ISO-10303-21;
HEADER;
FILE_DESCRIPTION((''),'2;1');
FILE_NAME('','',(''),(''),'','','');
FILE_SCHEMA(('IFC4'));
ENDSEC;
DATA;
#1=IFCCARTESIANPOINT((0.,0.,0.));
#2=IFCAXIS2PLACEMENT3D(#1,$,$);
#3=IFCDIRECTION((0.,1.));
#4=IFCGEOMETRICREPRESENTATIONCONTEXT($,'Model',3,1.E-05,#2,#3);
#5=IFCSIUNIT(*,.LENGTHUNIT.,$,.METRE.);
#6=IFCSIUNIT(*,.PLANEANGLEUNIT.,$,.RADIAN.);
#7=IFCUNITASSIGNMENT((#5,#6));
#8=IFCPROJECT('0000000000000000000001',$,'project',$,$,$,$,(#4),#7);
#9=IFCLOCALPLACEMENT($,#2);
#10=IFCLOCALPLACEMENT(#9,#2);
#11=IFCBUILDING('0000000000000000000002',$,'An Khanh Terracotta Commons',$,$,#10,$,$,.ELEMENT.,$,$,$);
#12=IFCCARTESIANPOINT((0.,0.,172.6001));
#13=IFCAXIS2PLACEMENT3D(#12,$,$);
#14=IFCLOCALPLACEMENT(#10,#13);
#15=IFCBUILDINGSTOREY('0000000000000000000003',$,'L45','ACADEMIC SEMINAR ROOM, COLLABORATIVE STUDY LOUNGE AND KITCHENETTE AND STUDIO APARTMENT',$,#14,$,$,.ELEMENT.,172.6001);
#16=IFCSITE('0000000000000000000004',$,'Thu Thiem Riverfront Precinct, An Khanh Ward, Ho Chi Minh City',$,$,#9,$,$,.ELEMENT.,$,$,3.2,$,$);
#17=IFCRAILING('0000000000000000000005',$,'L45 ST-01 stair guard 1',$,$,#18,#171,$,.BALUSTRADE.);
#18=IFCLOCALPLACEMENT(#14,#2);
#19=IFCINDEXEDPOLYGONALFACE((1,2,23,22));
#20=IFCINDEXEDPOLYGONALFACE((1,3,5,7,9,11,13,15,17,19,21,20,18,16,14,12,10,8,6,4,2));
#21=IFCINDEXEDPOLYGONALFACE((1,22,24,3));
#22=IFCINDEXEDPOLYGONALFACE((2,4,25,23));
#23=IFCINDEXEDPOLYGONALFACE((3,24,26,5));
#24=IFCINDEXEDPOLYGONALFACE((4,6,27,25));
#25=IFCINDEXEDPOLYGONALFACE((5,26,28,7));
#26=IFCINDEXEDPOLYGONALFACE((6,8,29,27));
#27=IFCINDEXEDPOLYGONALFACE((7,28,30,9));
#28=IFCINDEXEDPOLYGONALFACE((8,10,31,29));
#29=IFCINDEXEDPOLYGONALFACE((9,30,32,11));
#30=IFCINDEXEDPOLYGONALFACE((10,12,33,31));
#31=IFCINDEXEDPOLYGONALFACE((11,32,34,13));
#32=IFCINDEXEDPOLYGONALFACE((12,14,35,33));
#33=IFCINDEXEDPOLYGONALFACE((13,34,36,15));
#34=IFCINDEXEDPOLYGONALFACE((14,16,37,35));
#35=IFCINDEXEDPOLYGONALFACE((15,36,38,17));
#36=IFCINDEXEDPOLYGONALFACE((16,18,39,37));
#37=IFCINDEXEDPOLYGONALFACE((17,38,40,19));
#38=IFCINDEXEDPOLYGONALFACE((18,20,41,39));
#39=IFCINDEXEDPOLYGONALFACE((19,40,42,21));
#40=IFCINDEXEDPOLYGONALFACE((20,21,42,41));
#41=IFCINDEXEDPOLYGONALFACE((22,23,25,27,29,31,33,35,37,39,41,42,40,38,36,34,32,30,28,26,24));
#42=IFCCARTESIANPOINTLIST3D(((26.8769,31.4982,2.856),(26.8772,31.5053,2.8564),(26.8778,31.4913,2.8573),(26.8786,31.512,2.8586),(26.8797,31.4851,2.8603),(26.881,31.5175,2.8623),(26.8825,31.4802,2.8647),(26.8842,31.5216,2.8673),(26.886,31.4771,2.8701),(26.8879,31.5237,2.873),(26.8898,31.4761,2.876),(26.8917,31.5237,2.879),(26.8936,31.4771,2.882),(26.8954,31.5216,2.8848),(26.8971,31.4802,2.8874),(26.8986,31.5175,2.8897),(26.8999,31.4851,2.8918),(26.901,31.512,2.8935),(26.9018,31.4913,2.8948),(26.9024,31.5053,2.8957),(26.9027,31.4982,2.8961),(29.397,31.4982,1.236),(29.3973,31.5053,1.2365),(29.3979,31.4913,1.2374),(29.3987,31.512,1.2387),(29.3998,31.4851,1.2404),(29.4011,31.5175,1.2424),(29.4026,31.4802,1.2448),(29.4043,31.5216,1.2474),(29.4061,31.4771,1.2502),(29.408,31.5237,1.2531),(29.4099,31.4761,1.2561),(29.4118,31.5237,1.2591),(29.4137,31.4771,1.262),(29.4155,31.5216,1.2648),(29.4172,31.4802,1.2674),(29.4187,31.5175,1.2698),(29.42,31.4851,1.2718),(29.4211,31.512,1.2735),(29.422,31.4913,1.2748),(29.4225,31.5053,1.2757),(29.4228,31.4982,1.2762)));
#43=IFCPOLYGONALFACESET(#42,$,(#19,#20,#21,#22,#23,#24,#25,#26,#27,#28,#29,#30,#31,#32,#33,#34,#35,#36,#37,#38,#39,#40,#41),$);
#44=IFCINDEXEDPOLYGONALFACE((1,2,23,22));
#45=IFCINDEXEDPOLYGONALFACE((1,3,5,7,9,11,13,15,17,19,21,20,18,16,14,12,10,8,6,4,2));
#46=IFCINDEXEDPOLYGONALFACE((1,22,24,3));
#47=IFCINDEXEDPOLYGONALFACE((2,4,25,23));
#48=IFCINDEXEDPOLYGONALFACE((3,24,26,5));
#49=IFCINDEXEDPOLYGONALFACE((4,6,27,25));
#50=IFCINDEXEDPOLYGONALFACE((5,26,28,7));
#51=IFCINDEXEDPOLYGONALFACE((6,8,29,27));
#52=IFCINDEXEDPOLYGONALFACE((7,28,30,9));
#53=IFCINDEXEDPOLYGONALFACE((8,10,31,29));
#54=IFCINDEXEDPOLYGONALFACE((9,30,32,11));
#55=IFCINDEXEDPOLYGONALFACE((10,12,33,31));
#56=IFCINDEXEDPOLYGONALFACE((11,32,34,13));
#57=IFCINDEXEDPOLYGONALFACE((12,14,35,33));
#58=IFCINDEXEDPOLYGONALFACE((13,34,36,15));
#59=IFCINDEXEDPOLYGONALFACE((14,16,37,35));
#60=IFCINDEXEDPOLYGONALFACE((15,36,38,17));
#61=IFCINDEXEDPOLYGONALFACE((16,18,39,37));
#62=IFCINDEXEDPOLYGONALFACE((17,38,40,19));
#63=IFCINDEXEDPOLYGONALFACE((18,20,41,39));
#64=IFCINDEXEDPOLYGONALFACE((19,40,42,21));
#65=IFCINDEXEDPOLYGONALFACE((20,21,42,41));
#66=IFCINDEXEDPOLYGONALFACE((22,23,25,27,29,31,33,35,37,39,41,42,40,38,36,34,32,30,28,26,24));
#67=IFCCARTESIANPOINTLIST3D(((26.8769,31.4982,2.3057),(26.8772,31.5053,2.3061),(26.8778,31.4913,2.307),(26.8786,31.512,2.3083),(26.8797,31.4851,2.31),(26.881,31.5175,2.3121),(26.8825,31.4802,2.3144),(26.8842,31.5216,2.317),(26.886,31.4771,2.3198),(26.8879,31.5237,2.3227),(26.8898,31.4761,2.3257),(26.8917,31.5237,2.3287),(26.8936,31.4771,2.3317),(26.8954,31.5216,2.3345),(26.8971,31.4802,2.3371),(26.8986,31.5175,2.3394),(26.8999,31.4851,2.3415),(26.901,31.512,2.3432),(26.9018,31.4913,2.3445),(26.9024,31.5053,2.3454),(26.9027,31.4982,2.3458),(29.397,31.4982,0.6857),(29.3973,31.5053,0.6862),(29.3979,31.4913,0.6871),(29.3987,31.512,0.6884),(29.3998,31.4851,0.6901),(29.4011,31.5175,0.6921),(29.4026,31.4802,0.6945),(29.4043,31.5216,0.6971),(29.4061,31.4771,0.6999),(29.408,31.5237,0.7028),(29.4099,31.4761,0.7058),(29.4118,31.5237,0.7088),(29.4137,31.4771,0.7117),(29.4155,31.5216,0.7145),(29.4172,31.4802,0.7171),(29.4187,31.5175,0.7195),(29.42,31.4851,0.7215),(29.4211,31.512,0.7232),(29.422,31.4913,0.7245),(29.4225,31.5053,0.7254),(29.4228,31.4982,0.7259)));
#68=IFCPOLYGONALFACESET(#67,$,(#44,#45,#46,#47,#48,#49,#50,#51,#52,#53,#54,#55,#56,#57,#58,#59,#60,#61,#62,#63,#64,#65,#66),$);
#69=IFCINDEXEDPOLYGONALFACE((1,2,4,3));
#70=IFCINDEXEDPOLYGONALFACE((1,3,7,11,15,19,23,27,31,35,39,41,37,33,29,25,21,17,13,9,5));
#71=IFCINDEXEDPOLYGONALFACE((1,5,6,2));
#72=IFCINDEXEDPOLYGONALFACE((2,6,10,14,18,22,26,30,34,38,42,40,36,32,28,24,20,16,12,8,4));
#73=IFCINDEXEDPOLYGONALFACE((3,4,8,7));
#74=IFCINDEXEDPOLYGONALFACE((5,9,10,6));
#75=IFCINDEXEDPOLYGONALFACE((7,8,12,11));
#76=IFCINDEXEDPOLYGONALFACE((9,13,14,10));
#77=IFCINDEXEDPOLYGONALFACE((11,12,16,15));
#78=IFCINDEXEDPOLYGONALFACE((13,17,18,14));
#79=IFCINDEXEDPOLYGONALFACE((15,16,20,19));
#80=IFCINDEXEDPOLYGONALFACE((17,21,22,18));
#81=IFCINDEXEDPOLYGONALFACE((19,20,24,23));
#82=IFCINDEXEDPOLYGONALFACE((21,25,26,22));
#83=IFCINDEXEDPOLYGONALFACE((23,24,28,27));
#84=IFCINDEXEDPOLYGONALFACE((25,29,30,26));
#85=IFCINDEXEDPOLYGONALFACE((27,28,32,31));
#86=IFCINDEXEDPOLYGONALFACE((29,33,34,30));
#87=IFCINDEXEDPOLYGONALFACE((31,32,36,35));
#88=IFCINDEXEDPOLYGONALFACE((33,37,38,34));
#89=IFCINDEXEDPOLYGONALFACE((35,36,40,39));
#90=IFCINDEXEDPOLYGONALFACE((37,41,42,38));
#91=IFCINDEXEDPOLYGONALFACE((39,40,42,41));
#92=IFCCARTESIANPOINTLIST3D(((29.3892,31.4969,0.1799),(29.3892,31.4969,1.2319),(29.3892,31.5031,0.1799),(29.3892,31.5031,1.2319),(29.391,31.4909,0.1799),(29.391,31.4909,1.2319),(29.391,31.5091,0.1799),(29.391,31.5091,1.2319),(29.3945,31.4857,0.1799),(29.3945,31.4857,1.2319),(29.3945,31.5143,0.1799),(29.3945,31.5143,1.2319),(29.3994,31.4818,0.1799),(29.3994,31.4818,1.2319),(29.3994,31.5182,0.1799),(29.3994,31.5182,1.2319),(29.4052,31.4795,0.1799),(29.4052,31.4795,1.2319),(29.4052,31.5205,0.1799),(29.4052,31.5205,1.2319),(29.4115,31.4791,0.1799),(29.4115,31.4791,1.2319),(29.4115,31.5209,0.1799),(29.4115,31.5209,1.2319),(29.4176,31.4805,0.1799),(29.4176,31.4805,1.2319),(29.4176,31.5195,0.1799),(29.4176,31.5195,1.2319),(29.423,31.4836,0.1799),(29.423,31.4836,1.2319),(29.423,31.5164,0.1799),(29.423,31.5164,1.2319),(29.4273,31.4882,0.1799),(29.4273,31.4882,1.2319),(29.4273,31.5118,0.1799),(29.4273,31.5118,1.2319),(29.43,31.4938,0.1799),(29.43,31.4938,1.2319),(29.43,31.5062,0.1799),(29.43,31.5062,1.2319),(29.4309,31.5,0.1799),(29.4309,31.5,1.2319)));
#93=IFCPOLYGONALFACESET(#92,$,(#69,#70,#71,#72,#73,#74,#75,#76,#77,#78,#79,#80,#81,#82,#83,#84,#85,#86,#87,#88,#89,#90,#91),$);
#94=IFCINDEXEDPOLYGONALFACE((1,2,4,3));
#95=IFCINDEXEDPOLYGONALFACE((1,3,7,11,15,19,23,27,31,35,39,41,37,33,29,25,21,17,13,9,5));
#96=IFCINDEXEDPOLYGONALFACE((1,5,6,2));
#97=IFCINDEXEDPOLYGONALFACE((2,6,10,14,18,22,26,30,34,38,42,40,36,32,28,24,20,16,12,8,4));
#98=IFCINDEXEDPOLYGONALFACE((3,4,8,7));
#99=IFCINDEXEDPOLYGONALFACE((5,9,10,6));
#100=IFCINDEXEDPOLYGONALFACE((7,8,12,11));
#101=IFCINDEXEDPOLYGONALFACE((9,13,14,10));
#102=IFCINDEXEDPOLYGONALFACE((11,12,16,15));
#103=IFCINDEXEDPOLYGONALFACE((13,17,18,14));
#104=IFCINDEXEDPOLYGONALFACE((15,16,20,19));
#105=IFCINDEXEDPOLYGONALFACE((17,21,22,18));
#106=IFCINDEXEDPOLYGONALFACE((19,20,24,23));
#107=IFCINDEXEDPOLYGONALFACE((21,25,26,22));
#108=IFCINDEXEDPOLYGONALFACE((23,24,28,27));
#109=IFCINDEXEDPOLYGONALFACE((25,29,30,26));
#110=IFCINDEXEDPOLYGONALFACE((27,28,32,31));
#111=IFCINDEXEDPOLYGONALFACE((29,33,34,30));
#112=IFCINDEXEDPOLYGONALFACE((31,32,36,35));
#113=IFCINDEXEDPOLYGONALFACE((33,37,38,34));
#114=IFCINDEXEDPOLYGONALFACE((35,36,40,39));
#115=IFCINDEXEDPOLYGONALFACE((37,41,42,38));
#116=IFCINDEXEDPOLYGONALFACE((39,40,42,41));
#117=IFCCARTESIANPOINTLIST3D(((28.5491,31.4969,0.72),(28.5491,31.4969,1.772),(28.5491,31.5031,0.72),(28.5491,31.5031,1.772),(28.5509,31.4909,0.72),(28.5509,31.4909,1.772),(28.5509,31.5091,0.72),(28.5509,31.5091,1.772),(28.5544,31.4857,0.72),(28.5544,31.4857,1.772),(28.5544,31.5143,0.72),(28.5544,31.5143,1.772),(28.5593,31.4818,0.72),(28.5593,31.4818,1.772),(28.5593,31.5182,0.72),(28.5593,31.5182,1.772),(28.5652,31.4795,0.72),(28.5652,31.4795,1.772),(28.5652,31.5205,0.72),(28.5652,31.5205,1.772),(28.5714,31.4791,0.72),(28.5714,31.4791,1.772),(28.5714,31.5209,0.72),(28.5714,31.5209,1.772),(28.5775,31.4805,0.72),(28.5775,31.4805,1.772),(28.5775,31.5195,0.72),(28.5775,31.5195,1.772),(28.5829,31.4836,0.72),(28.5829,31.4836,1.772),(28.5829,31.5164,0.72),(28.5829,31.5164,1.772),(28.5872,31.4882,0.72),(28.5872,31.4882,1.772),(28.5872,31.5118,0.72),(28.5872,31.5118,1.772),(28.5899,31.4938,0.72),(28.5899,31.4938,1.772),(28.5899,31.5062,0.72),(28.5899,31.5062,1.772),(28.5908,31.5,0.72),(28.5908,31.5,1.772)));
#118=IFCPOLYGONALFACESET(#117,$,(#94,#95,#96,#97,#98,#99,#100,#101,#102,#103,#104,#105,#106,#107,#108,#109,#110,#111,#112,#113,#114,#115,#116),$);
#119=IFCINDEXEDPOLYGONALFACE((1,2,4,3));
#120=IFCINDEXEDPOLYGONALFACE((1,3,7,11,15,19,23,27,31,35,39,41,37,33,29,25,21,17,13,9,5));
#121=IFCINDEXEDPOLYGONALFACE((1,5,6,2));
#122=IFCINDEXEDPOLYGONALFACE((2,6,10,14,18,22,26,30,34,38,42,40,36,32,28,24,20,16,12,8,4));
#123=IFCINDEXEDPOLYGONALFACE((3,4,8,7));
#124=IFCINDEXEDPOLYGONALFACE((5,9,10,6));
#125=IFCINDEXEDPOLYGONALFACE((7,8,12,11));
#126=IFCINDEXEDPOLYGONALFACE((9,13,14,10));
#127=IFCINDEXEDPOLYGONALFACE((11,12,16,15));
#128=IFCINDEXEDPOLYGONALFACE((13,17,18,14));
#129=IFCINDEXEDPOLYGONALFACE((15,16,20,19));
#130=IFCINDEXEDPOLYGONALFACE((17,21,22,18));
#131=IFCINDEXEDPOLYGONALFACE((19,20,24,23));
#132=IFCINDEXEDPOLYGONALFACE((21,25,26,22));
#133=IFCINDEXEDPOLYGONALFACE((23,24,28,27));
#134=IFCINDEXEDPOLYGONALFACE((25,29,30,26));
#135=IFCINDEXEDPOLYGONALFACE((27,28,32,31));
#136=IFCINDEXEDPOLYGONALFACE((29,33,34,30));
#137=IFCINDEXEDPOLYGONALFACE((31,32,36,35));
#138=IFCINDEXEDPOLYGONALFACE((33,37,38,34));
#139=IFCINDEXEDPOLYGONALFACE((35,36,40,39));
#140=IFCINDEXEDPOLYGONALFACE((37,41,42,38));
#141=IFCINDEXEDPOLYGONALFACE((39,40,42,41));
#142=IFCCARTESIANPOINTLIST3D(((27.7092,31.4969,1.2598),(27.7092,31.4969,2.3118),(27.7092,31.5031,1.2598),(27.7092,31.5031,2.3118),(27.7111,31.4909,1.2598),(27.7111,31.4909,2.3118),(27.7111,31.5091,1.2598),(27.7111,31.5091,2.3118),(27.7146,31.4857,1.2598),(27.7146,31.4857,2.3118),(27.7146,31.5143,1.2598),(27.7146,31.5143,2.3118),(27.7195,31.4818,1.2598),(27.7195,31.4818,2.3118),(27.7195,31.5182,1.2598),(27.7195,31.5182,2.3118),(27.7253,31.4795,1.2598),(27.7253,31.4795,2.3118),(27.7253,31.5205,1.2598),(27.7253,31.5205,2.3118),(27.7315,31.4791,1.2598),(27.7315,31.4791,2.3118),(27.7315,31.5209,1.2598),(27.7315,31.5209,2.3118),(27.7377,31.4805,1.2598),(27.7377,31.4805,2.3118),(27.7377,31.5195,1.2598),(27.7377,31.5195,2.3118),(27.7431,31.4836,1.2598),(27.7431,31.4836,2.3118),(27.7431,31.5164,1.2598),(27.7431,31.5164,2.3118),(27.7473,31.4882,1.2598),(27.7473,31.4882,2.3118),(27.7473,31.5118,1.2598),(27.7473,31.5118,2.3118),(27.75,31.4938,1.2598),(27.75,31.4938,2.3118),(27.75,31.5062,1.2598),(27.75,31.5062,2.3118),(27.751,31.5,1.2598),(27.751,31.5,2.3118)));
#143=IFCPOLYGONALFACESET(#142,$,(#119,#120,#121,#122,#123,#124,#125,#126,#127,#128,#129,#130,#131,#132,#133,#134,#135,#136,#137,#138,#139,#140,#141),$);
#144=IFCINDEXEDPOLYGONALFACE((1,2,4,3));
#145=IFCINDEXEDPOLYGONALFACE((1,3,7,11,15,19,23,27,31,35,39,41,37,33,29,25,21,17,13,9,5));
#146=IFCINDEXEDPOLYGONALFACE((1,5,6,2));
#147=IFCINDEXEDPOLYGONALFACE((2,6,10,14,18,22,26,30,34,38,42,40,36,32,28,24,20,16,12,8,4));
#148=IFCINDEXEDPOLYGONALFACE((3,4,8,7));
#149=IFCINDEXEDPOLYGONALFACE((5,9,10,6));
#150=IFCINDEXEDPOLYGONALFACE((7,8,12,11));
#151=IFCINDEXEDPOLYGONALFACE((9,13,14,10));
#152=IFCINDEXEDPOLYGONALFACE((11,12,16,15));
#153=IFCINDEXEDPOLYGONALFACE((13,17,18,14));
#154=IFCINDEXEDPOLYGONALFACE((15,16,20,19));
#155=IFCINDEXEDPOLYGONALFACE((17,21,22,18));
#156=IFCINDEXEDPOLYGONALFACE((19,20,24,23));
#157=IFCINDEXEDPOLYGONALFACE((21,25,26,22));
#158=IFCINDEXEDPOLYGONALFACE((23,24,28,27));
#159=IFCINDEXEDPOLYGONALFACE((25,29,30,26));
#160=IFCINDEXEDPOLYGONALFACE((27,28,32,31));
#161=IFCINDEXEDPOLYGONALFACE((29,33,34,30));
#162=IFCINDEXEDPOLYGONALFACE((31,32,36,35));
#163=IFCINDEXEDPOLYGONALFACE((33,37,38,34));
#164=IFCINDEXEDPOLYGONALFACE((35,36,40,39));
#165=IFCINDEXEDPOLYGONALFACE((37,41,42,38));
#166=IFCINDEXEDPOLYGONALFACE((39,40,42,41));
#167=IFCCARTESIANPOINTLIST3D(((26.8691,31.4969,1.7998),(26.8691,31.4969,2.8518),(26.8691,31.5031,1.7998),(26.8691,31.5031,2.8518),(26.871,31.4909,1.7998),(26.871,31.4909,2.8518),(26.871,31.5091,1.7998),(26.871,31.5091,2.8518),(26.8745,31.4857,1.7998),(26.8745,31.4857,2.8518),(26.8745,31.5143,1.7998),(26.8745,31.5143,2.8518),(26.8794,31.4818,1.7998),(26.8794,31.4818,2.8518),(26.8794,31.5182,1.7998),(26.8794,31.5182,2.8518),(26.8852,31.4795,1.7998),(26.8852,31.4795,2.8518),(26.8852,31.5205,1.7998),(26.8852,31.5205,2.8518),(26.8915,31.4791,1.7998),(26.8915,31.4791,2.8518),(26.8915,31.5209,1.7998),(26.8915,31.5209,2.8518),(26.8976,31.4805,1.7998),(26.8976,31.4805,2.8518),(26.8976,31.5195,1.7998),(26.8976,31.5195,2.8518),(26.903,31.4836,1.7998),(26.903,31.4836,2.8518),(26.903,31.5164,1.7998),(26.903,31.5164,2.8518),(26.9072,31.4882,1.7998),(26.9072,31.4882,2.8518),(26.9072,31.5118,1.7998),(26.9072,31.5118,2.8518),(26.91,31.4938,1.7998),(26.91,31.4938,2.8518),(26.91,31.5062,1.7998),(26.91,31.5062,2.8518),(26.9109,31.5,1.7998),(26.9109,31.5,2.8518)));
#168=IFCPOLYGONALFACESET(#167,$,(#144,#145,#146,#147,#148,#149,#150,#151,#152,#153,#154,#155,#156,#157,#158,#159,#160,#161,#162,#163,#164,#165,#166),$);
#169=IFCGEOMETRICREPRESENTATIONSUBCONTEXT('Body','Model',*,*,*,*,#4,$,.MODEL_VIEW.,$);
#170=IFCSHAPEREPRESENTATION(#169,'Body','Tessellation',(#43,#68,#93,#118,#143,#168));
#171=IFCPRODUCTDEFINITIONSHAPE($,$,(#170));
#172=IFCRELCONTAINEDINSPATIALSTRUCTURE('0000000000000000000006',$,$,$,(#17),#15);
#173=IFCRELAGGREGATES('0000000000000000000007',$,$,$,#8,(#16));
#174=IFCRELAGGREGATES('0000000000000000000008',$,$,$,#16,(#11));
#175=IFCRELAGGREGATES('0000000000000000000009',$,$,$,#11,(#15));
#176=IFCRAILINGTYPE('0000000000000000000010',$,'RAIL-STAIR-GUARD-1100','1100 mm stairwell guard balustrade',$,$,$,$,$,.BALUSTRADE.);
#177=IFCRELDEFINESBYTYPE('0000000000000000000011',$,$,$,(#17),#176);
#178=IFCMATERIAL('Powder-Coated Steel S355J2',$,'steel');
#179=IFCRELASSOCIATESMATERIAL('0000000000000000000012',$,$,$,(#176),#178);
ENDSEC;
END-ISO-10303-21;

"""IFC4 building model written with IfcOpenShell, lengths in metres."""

from ifc_helpers import new_model, si_unit, direction, frame, origin, origin_2d, place, context, subcontext, project, spatial, circle, extrude, material, type_object, element, save


model = new_model("IFC4")

# Units and contexts
model_context = context("Model", 3, precision=1e-05, world=origin(), true_north=direction((0.0, 1.0)))
body_context = subcontext(model_context, "Body", "Model", "MODEL_VIEW")
ifc_project = project(units=[si_unit("LENGTHUNIT", "METRE"), si_unit("PLANEANGLEUNIT", "RADIAN")], contexts=[model_context])

# Site, building, storey
site_placement = place(None, origin())
site = spatial("IfcSite", under=ifc_project, at=site_placement, Name="Thu Thiem Riverfront Precinct, An Khanh Ward, Ho Chi Minh City", CompositionType="ELEMENT", RefElevation=3.2)
building_placement = place(site_placement, origin())
building = spatial("IfcBuilding", under=site, at=building_placement, Name="An Khanh Terracotta Commons", CompositionType="ELEMENT")
storey_placement = place(building_placement, frame((0.0, 0.0, 172.6001)))
storey = spatial("IfcBuildingStorey", under=building, at=storey_placement, Name="L45", Description="ACADEMIC SEMINAR ROOM, COLLABORATIVE STUDY LOUNGE AND KITCHENETTE AND STUDIO APARTMENT", CompositionType="ELEMENT", Elevation=172.6001)

# Railing
ifc_material_1 = material(Name="Powder-Coated Steel S355J2", Category="steel")
railing_type_1 = type_object("IfcRailingType", Name="RAIL-STAIR-GUARD-1100", Description="1100 mm stairwell guard balustrade", PredefinedType="BALUSTRADE", material=ifc_material_1)
railing_1_placement = place(storey_placement, frame((29.4099, 31.5, 0.1799)))
element("IfcRailing", 1, at=railing_1_placement, inside=storey, type_object=railing_type_1, Name="L45 ST-01 stair guard 1", PredefinedType="BALUSTRADE", context=body_context, shape_type="SweptSolid", body=[
    extrude(circle(Radius=0.0239, at=origin_2d()), frame((0.0, 0.0, 1.0762), z_axis=(-0.8412, 0.0, 0.540725), x_axis=(0.0, -1.0, 0.0)), (0.0, 0.0, 1.0), 2.9958),
    extrude(circle(Radius=0.0239, at=origin_2d()), frame((0.0, 0.0, 0.5259), z_axis=(-0.8412, 0.0, 0.540725), x_axis=(0.0, -1.0, 0.0)), (0.0, 0.0, 1.0), 2.9958),
    extrude(circle(Radius=0.021, at=origin_2d()), origin(), (0.0, 0.0, 1.0), 1.052),
    extrude(circle(Radius=0.021, at=origin_2d()), frame((-0.8401, 0.0, 0.54)), (0.0, 0.0, 1.0), 1.052),
    extrude(circle(Radius=0.021, at=origin_2d()), frame((-1.6799, 0.0, 1.0798)), (0.0, 0.0, 1.0), 1.052),
    extrude(circle(Radius=0.021, at=origin_2d()), frame((-2.52, 0.0, 1.6199)), (0.0, 0.0, 1.0), 1.052),
])

save(model, "model.ifc")
